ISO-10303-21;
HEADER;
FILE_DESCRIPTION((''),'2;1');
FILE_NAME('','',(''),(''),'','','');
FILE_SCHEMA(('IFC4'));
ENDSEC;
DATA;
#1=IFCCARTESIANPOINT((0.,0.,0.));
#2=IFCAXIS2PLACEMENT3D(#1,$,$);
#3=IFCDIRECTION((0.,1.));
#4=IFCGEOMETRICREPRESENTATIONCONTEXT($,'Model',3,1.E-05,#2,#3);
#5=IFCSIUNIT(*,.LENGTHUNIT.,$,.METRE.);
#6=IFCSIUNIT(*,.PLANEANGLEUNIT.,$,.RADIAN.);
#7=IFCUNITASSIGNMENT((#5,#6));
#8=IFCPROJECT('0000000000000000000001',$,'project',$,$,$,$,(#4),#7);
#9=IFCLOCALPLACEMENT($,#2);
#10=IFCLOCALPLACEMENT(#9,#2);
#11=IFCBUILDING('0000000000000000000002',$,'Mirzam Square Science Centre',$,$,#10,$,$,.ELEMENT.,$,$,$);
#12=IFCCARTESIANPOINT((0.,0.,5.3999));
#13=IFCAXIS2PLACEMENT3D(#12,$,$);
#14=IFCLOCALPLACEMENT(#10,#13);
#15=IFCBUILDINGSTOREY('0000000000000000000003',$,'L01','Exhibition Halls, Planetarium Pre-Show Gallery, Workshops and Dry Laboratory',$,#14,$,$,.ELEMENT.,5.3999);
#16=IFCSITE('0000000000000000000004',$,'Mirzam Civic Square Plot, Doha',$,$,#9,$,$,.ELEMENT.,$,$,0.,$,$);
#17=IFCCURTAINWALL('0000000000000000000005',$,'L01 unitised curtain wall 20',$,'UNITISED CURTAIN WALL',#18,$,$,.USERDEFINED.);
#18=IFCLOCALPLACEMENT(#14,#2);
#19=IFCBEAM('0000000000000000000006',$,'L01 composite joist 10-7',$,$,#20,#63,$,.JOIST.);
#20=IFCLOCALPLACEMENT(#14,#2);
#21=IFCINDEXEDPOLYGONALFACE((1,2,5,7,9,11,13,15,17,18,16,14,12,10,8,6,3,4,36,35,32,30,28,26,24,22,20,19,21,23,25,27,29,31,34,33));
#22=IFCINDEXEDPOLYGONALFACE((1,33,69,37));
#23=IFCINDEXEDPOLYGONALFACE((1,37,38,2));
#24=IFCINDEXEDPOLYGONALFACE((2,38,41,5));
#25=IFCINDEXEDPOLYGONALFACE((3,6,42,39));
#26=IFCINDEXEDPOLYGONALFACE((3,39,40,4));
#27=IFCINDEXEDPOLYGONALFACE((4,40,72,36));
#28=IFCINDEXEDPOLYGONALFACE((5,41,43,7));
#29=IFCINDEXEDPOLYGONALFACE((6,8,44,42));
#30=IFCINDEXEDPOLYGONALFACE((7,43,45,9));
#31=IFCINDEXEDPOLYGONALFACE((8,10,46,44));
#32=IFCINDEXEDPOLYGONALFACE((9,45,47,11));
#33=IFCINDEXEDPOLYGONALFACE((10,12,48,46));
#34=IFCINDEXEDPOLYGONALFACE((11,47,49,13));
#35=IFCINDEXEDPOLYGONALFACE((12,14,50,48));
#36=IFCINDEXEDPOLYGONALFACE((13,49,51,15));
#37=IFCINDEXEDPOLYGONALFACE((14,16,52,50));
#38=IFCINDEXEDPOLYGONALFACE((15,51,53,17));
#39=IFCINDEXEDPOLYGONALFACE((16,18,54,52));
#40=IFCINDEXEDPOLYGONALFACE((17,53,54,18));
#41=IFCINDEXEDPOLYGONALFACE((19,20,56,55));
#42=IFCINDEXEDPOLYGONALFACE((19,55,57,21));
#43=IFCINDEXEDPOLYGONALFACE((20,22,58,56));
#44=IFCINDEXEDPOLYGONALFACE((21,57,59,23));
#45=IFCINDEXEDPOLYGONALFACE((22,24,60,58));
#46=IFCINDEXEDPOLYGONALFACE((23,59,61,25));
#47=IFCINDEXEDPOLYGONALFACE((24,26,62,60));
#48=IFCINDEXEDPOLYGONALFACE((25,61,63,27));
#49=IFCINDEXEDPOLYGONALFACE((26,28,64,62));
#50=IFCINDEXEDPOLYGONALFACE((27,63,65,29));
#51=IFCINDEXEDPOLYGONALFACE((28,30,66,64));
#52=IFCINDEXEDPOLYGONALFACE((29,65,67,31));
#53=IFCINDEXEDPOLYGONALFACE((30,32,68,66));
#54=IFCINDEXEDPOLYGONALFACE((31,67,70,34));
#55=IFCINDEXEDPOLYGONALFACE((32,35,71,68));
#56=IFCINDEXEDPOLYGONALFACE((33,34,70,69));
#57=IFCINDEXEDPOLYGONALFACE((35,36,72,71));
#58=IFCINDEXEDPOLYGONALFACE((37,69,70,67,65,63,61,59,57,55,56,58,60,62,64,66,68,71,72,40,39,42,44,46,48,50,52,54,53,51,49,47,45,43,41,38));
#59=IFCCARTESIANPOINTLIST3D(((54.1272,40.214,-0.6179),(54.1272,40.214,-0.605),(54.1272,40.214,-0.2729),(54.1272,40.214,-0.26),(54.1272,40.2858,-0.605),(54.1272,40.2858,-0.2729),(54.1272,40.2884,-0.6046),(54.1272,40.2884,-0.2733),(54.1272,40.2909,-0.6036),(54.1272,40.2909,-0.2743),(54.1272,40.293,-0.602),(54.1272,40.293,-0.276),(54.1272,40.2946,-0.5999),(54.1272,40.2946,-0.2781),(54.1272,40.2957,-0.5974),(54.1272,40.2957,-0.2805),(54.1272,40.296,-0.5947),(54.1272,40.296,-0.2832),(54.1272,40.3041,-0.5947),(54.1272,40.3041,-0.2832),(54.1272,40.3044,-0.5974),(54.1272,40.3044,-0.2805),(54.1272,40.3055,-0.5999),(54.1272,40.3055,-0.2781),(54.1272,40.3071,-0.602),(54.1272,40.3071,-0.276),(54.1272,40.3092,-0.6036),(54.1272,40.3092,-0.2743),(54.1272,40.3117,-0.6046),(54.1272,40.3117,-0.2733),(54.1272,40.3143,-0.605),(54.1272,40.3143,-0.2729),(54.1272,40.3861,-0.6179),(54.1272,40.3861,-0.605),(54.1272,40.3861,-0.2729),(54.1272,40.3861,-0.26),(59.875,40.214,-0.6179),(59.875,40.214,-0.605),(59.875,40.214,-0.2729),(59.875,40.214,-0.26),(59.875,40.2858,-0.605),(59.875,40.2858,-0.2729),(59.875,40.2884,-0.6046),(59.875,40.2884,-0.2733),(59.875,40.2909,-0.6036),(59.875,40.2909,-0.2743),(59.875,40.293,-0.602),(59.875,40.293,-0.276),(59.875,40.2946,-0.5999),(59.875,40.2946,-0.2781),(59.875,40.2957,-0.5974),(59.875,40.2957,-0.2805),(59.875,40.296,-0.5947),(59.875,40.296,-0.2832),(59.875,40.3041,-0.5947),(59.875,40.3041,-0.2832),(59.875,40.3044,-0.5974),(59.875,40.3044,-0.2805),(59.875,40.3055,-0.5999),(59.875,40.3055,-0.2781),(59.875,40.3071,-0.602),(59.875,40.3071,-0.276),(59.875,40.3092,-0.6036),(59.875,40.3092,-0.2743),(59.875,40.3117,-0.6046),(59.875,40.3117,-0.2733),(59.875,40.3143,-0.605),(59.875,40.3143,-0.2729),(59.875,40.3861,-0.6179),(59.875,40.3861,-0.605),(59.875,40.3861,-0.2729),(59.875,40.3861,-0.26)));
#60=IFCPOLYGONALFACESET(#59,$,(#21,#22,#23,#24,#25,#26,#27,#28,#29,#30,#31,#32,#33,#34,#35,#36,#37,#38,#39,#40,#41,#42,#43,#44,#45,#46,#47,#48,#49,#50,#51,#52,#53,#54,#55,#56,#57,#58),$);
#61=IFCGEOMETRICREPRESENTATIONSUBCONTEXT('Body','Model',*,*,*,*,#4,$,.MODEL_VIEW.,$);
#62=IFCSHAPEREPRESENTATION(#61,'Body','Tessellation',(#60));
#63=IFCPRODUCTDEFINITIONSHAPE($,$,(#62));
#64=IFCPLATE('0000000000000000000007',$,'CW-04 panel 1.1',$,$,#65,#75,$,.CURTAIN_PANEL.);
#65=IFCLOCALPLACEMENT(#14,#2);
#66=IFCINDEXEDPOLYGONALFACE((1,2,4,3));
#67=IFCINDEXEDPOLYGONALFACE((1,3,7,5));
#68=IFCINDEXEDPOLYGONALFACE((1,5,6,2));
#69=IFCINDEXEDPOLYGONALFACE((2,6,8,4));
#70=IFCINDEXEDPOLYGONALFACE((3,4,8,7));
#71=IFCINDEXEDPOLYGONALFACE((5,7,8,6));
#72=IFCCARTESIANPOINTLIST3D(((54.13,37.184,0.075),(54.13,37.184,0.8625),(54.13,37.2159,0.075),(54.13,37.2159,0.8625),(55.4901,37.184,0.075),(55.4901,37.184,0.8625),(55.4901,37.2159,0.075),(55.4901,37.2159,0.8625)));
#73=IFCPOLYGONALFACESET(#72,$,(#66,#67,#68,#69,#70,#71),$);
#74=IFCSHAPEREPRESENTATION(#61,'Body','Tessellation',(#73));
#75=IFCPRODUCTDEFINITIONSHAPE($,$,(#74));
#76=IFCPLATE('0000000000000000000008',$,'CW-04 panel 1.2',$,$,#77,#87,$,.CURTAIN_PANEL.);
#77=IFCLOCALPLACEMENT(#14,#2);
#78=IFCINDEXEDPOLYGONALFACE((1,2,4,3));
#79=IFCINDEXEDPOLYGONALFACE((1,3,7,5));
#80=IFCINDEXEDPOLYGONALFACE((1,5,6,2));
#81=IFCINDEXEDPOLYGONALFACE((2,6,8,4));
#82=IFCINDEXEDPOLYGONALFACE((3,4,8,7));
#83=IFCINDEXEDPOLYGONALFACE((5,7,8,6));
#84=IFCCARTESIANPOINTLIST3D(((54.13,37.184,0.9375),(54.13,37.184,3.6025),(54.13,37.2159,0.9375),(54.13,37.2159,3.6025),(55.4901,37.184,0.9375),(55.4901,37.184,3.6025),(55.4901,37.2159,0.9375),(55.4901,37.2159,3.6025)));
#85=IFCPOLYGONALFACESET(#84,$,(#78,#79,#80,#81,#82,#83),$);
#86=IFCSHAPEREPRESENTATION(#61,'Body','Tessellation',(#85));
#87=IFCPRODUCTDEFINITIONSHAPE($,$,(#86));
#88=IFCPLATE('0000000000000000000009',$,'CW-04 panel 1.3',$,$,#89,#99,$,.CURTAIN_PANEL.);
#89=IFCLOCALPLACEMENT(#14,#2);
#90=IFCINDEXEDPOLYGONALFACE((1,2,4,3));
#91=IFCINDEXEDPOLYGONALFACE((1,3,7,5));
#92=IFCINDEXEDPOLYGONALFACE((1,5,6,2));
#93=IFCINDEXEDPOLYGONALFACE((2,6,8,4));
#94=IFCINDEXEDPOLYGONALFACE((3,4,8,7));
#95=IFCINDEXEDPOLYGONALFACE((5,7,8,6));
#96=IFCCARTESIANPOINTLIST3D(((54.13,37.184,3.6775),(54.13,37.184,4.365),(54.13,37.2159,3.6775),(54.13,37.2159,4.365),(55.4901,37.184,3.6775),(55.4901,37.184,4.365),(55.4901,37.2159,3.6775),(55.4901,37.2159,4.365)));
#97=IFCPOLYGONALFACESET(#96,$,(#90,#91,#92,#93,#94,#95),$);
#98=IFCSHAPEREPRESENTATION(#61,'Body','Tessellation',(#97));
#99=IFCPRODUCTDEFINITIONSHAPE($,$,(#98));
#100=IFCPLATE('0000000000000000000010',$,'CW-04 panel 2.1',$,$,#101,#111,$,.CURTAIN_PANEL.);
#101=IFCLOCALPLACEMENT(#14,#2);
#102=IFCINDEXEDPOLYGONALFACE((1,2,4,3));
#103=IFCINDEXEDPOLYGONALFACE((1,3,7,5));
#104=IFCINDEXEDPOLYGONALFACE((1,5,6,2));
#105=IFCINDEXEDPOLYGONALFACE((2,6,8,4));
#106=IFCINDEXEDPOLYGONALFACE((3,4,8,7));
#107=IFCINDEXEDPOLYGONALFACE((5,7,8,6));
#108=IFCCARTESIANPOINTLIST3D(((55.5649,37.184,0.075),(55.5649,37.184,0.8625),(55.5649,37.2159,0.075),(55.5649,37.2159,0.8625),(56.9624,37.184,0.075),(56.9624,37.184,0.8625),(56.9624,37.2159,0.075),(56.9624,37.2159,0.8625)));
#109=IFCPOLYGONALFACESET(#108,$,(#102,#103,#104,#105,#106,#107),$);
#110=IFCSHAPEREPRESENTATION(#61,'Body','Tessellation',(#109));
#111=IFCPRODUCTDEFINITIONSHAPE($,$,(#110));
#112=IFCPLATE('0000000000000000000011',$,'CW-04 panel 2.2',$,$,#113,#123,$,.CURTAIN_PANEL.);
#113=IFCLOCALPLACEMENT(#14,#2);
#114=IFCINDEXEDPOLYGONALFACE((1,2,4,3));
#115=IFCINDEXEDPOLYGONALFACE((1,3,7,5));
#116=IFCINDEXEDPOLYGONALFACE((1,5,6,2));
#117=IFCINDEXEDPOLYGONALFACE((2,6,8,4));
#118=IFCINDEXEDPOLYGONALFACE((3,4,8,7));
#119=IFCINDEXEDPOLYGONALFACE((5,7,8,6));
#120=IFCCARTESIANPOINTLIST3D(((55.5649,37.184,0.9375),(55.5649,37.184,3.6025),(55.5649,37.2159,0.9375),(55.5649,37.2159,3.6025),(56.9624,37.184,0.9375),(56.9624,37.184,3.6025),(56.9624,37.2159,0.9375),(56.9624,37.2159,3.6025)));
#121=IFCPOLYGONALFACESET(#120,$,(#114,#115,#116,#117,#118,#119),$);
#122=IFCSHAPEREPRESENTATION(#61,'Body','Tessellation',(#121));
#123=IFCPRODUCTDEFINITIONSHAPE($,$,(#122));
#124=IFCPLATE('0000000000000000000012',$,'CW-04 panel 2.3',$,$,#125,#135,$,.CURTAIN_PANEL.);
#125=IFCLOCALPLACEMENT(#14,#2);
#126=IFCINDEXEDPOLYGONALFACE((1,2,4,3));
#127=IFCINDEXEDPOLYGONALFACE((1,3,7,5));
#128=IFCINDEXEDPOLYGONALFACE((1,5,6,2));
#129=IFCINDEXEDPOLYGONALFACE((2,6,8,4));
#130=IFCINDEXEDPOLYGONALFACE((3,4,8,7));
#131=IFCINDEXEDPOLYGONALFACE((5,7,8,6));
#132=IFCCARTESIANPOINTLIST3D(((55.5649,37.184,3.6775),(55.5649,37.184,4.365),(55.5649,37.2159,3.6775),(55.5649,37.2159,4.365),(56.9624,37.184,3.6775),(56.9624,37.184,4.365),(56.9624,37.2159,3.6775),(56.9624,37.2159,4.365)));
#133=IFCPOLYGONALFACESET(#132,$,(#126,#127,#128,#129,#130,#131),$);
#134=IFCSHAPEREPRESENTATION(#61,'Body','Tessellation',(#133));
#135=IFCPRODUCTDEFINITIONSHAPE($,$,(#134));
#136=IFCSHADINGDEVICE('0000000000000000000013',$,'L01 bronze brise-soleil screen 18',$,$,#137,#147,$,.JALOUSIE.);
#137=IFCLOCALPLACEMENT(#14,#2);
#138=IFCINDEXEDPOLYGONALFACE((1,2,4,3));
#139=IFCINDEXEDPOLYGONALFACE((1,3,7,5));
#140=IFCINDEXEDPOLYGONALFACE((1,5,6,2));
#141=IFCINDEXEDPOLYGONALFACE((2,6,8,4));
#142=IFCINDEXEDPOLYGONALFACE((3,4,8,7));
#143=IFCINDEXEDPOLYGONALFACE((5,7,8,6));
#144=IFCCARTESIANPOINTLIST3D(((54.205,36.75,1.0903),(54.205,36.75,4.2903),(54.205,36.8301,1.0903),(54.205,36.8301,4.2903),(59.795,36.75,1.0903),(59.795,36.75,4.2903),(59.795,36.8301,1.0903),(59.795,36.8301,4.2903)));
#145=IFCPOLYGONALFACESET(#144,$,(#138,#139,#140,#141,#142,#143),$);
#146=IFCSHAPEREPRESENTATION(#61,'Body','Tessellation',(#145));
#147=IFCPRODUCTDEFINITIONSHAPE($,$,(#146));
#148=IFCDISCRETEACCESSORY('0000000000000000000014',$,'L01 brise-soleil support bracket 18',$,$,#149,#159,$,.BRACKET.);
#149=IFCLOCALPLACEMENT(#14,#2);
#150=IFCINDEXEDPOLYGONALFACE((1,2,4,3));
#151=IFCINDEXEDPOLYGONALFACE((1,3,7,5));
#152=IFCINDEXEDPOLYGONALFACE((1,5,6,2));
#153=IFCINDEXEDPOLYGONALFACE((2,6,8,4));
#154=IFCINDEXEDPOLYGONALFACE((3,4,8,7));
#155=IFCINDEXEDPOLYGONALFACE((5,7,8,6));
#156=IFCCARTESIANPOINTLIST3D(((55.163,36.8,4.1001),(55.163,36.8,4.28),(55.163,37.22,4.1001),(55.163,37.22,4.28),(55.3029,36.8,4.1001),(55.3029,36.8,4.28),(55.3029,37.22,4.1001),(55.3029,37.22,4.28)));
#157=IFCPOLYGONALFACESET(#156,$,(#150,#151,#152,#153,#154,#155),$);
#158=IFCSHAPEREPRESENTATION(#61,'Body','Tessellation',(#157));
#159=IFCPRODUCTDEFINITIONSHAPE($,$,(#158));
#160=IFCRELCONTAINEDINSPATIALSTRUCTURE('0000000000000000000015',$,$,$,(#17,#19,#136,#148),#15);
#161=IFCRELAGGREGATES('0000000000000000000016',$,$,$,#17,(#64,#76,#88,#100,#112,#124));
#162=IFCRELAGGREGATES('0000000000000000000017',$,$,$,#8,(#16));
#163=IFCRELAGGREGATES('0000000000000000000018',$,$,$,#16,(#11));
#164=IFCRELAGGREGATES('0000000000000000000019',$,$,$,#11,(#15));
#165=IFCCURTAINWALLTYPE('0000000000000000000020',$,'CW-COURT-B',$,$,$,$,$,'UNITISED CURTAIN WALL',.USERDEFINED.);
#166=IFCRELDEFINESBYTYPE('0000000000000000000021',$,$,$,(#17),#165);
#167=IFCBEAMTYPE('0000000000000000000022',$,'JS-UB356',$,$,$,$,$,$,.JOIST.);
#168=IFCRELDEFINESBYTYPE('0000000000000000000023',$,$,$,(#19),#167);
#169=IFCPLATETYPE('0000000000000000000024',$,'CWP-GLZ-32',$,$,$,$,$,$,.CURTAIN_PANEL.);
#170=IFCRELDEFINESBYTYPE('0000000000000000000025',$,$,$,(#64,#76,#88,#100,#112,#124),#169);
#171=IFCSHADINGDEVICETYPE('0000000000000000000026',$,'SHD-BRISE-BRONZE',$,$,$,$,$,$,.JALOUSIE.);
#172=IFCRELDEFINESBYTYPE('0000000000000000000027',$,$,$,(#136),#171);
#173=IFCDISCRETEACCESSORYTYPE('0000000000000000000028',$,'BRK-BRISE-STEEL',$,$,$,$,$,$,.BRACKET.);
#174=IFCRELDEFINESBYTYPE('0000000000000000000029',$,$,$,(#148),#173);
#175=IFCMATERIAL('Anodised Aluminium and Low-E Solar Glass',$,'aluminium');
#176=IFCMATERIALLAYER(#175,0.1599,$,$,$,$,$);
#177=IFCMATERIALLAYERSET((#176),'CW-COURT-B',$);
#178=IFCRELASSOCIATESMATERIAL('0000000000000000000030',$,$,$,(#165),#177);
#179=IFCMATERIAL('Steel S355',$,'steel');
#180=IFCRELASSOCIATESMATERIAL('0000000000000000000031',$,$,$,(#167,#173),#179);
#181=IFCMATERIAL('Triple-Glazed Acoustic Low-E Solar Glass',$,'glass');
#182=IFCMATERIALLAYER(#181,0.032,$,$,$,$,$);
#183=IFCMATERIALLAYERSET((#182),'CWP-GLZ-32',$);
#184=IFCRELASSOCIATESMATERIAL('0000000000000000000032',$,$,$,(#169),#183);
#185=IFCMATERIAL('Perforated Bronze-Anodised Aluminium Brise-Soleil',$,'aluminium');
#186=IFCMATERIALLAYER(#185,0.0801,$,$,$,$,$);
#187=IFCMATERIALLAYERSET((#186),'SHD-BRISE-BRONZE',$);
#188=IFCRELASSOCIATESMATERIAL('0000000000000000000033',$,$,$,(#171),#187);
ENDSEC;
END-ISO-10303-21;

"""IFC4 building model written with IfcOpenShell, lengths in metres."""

from ifc_helpers import new_model, si_unit, direction, frame, origin, origin_2d, place, context, subcontext, project, spatial, rectangle, i_section, extrude, material, layer, layer_set, material_profile, profile_set, type_object, element, aggregate, save


model = new_model("IFC4")

# Units and contexts
model_context = context("Model", 3, precision=1e-05, world=origin(), true_north=direction((0.0, 1.0)))
body_context = subcontext(model_context, "Body", "Model", "MODEL_VIEW")
ifc_project = project(units=[si_unit("LENGTHUNIT", "METRE"), si_unit("PLANEANGLEUNIT", "RADIAN")], contexts=[model_context])

# Site, building, storey
site_placement = place(None, origin())
site = spatial("IfcSite", under=ifc_project, at=site_placement, Name="Mirzam Civic Square Plot, Doha", CompositionType="ELEMENT", RefElevation=0.0)
building_placement = place(site_placement, origin())
building = spatial("IfcBuilding", under=site, at=building_placement, Name="Mirzam Square Science Centre", CompositionType="ELEMENT")
storey_placement = place(building_placement, frame((0.0, 0.0, 5.3999)))
storey = spatial("IfcBuildingStorey", under=building, at=storey_placement, Name="L01", Description="Exhibition Halls, Planetarium Pre-Show Gallery, Workshops and Dry Laboratory", CompositionType="ELEMENT", Elevation=5.3999)

# Curtain wall
ifc_material_1 = material(Name="Anodised Aluminium and Low-E Solar Glass", Category="aluminium")
ifc_layer_1 = layer(ifc_material_1, 0.1599)
ifc_layer_set_1 = layer_set([ifc_layer_1], Name="CW-COURT-B")
curtain_wall_type = type_object("IfcCurtainWallType", Name="CW-COURT-B", ElementType="UNITISED CURTAIN WALL", PredefinedType="USERDEFINED", material=ifc_layer_set_1)
curtain_wall_placement = place(storey_placement, origin())
curtain_wall = element("IfcCurtainWall", 1, at=curtain_wall_placement, inside=storey, type_object=curtain_wall_type, Name="L01 unitised curtain wall 20", ObjectType="UNITISED CURTAIN WALL", PredefinedType="USERDEFINED")

# Beam
ifc_material_2 = material(Name="Steel S355", Category="steel")
ifc_material_profile_1 = material_profile(ifc_material_2, i_section(OverallWidth=0.1721, OverallDepth=0.3579, WebThickness=0.0081, FlangeThickness=0.0129, FilletRadius=0.0103, at=origin_2d()), Name="356x171x57UB")
ifc_profile_set_1 = profile_set([ifc_material_profile_1], Name="Steel S355")
beam_type = type_object("IfcBeamType", Name="JS-UB356", PredefinedType="JOIST", material=ifc_profile_set_1)
beam_placement = place(storey_placement, frame((54.1272, 40.3, -0.439), z_axis=(1.0, 0.0, 0.0), x_axis=(0.0, 1.0, 0.0)))
element("IfcBeam", 2, at=beam_placement, inside=storey, type_object=beam_type, Name="L01 composite joist 10-7", PredefinedType="JOIST", context=body_context, shape_type="SweptSolid", body=[
    extrude(i_section(OverallWidth=0.1721, OverallDepth=0.3579, WebThickness=0.0081, FlangeThickness=0.0129, FilletRadius=0.0103, at=origin_2d()), origin(), (0.0, 0.0, 1.0), 5.7478),
])

# Plates
ifc_material_3 = material(Name="Triple-Glazed Acoustic Low-E Solar Glass", Category="glass")
ifc_layer_2 = layer(ifc_material_3, 0.032)
ifc_layer_set_2 = layer_set([ifc_layer_2], Name="CWP-GLZ-32")
plate_type = type_object("IfcPlateType", Name="CWP-GLZ-32", PredefinedType="CURTAIN_PANEL", material=ifc_layer_set_2)
plate_1_placement = place(storey_placement, frame((54.8101, 37.2, 0.075), z_axis=(0.0, 0.0, 1.0), x_axis=(1.0, 0.0, 0.0)))
plate_1 = element("IfcPlate", 3, at=plate_1_placement, type_object=plate_type, Name="CW-04 panel 1.1", PredefinedType="CURTAIN_PANEL", context=body_context, shape_type="SweptSolid", body=[
    extrude(rectangle(XDim=1.3601, YDim=0.032, at=origin_2d()), origin(), (0.0, 0.0, 1.0), 0.7876),
])
plate_2_placement = place(storey_placement, frame((54.8101, 37.2, 0.9375), z_axis=(0.0, 0.0, 1.0), x_axis=(1.0, 0.0, 0.0)))
plate_2 = element("IfcPlate", 4, at=plate_2_placement, type_object=plate_type, Name="CW-04 panel 1.2", PredefinedType="CURTAIN_PANEL", context=body_context, shape_type="SweptSolid", body=[
    extrude(rectangle(XDim=1.3601, YDim=0.032, at=origin_2d()), origin(), (0.0, 0.0, 1.0), 2.665),
])
plate_3_placement = place(storey_placement, frame((54.8101, 37.2, 3.6775), z_axis=(0.0, 0.0, 1.0), x_axis=(1.0, 0.0, 0.0)))
plate_3 = element("IfcPlate", 5, at=plate_3_placement, type_object=plate_type, Name="CW-04 panel 1.3", PredefinedType="CURTAIN_PANEL", context=body_context, shape_type="SweptSolid", body=[
    extrude(rectangle(XDim=1.3601, YDim=0.032, at=origin_2d()), origin(), (0.0, 0.0, 1.0), 0.6875),
])
plate_4_placement = place(storey_placement, frame((56.2637, 37.2, 0.075), z_axis=(0.0, 0.0, 1.0), x_axis=(1.0, 0.0, 0.0)))
plate_4 = element("IfcPlate", 6, at=plate_4_placement, type_object=plate_type, Name="CW-04 panel 2.1", PredefinedType="CURTAIN_PANEL", context=body_context, shape_type="SweptSolid", body=[
    extrude(rectangle(XDim=1.3975, YDim=0.032, at=origin_2d()), origin(), (0.0, 0.0, 1.0), 0.7876),
])
plate_5_placement = place(storey_placement, frame((56.2637, 37.2, 0.9375), z_axis=(0.0, 0.0, 1.0), x_axis=(1.0, 0.0, 0.0)))
plate_5 = element("IfcPlate", 7, at=plate_5_placement, type_object=plate_type, Name="CW-04 panel 2.2", PredefinedType="CURTAIN_PANEL", context=body_context, shape_type="SweptSolid", body=[
    extrude(rectangle(XDim=1.3975, YDim=0.032, at=origin_2d()), origin(), (0.0, 0.0, 1.0), 2.665),
])
plate_6_placement = place(storey_placement, frame((56.2637, 37.2, 3.6775), z_axis=(0.0, 0.0, 1.0), x_axis=(1.0, 0.0, 0.0)))
plate_6 = element("IfcPlate", 8, at=plate_6_placement, type_object=plate_type, Name="CW-04 panel 2.3", PredefinedType="CURTAIN_PANEL", context=body_context, shape_type="SweptSolid", body=[
    extrude(rectangle(XDim=1.3975, YDim=0.032, at=origin_2d()), origin(), (0.0, 0.0, 1.0), 0.6875),
])
aggregate(curtain_wall, [plate_1, plate_2, plate_3, plate_4, plate_5, plate_6])

# Shading device
ifc_material_4 = material(Name="Perforated Bronze-Anodised Aluminium Brise-Soleil", Category="aluminium")
ifc_layer_3 = layer(ifc_material_4, 0.0801)
ifc_layer_set_3 = layer_set([ifc_layer_3], Name="SHD-BRISE-BRONZE")
shading_device_type = type_object("IfcShadingDeviceType", Name="SHD-BRISE-BRONZE", PredefinedType="JALOUSIE", material=ifc_layer_set_3)
shading_device_placement = place(storey_placement, frame((57.0, 36.79, 1.0903), z_axis=(0.0, 0.0, 1.0), x_axis=(1.0, 0.0, 0.0)))
element("IfcShadingDevice", 9, at=shading_device_placement, inside=storey, type_object=shading_device_type, Name="L01 bronze brise-soleil screen 18", PredefinedType="JALOUSIE", context=body_context, shape_type="SweptSolid", body=[
    extrude(rectangle(XDim=5.5901, YDim=0.0801, at=origin_2d()), origin(), (0.0, 0.0, 1.0), 3.2),
])

# Discrete accessory
discrete_accessory_type = type_object("IfcDiscreteAccessoryType", Name="BRK-BRISE-STEEL", PredefinedType="BRACKET", material=ifc_material_2)
discrete_accessory_placement = place(storey_placement, frame((55.2329, 37.01, 4.1001), z_axis=(0.0, 0.0, 1.0), x_axis=(1.0, 0.0, 0.0)))
element("IfcDiscreteAccessory", 10, at=discrete_accessory_placement, inside=storey, type_object=discrete_accessory_type, Name="L01 brise-soleil support bracket 18", PredefinedType="BRACKET", context=body_context, shape_type="SweptSolid", body=[
    extrude(rectangle(XDim=0.1399, YDim=0.4199, at=origin_2d()), origin(), (0.0, 0.0, 1.0), 0.1799),
])

save(model, "model.ifc")
